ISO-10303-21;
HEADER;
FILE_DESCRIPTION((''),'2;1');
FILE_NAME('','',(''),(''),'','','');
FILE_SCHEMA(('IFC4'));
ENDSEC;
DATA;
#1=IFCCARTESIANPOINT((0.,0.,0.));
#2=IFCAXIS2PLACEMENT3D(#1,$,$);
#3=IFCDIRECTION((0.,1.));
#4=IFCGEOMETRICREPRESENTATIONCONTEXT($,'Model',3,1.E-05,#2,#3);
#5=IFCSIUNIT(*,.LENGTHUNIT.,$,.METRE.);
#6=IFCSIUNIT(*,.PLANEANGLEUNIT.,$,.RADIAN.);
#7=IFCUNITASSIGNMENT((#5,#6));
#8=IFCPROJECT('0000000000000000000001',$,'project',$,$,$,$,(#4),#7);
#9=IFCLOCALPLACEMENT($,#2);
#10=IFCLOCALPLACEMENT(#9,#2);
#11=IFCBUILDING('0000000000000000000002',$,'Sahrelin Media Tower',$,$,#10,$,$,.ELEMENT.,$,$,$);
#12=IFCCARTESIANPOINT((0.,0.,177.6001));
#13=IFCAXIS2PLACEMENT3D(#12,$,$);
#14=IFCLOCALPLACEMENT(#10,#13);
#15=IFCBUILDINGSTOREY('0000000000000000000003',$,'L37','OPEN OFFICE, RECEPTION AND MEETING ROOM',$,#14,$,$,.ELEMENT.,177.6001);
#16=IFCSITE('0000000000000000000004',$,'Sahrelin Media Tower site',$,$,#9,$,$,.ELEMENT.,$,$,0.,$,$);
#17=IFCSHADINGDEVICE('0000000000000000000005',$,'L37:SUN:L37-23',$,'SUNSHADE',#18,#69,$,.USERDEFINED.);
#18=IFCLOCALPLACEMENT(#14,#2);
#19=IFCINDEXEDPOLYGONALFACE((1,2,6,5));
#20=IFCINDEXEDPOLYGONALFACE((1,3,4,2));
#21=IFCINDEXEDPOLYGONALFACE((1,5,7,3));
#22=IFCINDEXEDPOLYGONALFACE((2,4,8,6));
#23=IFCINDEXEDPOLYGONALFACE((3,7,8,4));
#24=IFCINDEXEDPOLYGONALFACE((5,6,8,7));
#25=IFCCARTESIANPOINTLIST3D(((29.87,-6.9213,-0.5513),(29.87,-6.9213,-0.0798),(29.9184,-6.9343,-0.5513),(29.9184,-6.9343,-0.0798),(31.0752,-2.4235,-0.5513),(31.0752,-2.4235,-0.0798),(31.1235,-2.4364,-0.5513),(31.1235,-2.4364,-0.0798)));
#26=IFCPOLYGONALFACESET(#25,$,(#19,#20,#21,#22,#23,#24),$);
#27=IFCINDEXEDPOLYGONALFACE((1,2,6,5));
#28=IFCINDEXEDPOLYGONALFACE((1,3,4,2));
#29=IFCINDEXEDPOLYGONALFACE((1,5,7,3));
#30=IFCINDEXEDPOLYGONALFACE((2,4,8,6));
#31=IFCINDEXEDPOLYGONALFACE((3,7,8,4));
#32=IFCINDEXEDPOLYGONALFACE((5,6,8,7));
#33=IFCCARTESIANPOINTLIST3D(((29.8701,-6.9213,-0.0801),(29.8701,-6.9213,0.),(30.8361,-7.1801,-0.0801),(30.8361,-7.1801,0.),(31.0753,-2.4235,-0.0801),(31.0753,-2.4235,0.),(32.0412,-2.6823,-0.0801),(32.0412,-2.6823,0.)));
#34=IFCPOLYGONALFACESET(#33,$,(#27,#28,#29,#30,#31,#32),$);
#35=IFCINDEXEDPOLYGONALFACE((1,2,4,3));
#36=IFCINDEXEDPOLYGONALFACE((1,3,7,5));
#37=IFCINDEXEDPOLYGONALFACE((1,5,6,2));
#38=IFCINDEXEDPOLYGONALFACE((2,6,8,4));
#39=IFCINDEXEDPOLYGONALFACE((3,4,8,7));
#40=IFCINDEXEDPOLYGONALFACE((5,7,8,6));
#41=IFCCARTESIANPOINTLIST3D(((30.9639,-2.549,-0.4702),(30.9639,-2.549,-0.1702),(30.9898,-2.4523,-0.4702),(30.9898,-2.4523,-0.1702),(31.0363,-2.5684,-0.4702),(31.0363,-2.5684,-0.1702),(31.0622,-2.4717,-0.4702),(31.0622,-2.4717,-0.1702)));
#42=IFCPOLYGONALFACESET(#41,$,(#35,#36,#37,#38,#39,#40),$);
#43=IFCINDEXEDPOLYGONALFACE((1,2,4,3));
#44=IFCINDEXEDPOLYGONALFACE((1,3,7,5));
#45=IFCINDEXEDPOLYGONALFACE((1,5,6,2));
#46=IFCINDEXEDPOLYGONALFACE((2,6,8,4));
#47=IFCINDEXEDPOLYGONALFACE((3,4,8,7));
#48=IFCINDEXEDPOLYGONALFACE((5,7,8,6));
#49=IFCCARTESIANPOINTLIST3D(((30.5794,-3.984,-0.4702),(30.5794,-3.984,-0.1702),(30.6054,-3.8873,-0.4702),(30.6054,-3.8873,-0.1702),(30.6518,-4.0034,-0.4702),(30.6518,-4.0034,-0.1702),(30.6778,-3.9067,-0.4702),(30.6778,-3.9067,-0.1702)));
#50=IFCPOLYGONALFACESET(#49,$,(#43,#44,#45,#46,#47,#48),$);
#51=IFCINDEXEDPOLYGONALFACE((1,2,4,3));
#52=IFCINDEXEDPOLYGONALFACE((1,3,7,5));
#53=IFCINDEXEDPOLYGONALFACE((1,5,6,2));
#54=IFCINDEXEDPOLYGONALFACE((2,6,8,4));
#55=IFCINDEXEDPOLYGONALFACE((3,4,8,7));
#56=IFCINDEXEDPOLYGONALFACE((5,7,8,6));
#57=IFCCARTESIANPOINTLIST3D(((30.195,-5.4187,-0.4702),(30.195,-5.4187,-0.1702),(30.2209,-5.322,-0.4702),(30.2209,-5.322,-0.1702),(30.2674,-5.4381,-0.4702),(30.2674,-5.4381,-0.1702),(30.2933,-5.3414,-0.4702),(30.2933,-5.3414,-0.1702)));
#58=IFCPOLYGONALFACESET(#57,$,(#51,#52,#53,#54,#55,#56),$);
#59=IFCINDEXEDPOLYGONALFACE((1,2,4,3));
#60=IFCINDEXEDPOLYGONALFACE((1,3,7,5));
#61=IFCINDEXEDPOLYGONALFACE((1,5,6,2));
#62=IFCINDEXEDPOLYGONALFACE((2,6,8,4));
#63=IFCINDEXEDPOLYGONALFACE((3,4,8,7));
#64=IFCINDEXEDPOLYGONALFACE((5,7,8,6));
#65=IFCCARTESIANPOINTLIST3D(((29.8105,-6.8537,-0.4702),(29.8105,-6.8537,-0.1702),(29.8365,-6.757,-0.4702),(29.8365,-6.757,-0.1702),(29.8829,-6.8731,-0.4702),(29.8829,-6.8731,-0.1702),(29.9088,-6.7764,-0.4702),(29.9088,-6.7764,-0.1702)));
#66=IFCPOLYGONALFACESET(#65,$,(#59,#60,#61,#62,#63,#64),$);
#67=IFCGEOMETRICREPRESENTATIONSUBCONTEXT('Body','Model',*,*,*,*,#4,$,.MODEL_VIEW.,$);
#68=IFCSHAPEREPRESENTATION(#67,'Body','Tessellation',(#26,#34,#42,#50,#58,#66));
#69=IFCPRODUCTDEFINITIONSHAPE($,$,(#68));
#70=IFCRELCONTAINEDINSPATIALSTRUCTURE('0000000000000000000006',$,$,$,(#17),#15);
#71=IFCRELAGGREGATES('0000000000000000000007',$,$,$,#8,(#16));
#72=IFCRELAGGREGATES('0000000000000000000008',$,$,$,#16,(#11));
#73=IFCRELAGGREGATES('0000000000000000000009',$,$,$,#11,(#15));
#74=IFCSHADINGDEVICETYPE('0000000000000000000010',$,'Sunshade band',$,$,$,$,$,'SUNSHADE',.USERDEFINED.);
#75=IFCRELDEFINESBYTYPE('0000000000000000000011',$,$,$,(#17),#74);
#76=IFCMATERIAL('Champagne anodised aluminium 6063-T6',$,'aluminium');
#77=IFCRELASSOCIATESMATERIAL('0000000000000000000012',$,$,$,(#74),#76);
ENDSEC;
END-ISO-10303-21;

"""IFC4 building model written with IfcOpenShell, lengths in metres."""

from ifc_helpers import new_model, si_unit, direction, frame, origin, origin_2d, place, context, subcontext, project, spatial, rectangle, extrude, material, type_object, element, save


model = new_model("IFC4")

# Units and contexts
model_context = context("Model", 3, precision=1e-05, world=origin(), true_north=direction((0.0, 1.0)))
body_context = subcontext(model_context, "Body", "Model", "MODEL_VIEW")
ifc_project = project(units=[si_unit("LENGTHUNIT", "METRE"), si_unit("PLANEANGLEUNIT", "RADIAN")], contexts=[model_context])

# Site, building, storey
site_placement = place(None, origin())
site = spatial("IfcSite", under=ifc_project, at=site_placement, Name="Sahrelin Media Tower site", CompositionType="ELEMENT", RefElevation=0.0)
building_placement = place(site_placement, origin())
building = spatial("IfcBuilding", under=site, at=building_placement, Name="Sahrelin Media Tower", CompositionType="ELEMENT")
storey_placement = place(building_placement, frame((0.0, 0.0, 177.6001)))
storey = spatial("IfcBuildingStorey", under=building, at=storey_placement, Name="L37", Description="OPEN OFFICE, RECEPTION AND MEETING ROOM", CompositionType="ELEMENT", Elevation=177.6001)

# Shared definitions
ifc_material_1 = material(Name="Champagne anodised aluminium 6063-T6", Category="aluminium")

# Shading device
placement_1 = place(storey_placement, frame((30.4534, -4.6672, 0.0), z_axis=(0.0, 0.0, 1.0), x_axis=(-0.258808, -0.965929, 0.0)))
shading_device_type_1 = type_object("IfcShadingDeviceType", Name="Sunshade band", ElementType="SUNSHADE", PredefinedType="USERDEFINED", material=ifc_material_1)
element("IfcShadingDevice", 1, at=placement_1, inside=storey, type_object=shading_device_type_1, Name="L37:SUN:L37-23", ObjectType="SUNSHADE", PredefinedType="USERDEFINED", context=body_context, shape_type="SweptSolid", body=[
    extrude(rectangle(XDim=4.6565, YDim=0.05, at=origin_2d()), frame((0.0, 0.0449, -0.5513)), (0.0, 0.0, 1.0), 0.4714),
    extrude(rectangle(XDim=4.6565, YDim=1.0, at=origin_2d()), frame((0.0, 0.52, -0.0801)), (0.0, 0.0, 1.0), 0.0801),
    extrude(rectangle(XDim=0.1001, YDim=0.075, at=origin_2d()), frame((-2.2283, -0.0176, -0.4702)), (0.0, 0.0, 1.0), 0.3),
    extrude(rectangle(XDim=0.1001, YDim=0.075, at=origin_2d()), frame((-0.7427, -0.0176, -0.4702)), (0.0, 0.0, 1.0), 0.3),
    extrude(rectangle(XDim=0.1001, YDim=0.075, at=origin_2d()), frame((0.7427, -0.0176, -0.4702)), (0.0, 0.0, 1.0), 0.3),
    extrude(rectangle(XDim=0.1001, YDim=0.075, at=origin_2d()), frame((2.2283, -0.0176, -0.4702)), (0.0, 0.0, 1.0), 0.3),
])

save(model, "model.ifc")
